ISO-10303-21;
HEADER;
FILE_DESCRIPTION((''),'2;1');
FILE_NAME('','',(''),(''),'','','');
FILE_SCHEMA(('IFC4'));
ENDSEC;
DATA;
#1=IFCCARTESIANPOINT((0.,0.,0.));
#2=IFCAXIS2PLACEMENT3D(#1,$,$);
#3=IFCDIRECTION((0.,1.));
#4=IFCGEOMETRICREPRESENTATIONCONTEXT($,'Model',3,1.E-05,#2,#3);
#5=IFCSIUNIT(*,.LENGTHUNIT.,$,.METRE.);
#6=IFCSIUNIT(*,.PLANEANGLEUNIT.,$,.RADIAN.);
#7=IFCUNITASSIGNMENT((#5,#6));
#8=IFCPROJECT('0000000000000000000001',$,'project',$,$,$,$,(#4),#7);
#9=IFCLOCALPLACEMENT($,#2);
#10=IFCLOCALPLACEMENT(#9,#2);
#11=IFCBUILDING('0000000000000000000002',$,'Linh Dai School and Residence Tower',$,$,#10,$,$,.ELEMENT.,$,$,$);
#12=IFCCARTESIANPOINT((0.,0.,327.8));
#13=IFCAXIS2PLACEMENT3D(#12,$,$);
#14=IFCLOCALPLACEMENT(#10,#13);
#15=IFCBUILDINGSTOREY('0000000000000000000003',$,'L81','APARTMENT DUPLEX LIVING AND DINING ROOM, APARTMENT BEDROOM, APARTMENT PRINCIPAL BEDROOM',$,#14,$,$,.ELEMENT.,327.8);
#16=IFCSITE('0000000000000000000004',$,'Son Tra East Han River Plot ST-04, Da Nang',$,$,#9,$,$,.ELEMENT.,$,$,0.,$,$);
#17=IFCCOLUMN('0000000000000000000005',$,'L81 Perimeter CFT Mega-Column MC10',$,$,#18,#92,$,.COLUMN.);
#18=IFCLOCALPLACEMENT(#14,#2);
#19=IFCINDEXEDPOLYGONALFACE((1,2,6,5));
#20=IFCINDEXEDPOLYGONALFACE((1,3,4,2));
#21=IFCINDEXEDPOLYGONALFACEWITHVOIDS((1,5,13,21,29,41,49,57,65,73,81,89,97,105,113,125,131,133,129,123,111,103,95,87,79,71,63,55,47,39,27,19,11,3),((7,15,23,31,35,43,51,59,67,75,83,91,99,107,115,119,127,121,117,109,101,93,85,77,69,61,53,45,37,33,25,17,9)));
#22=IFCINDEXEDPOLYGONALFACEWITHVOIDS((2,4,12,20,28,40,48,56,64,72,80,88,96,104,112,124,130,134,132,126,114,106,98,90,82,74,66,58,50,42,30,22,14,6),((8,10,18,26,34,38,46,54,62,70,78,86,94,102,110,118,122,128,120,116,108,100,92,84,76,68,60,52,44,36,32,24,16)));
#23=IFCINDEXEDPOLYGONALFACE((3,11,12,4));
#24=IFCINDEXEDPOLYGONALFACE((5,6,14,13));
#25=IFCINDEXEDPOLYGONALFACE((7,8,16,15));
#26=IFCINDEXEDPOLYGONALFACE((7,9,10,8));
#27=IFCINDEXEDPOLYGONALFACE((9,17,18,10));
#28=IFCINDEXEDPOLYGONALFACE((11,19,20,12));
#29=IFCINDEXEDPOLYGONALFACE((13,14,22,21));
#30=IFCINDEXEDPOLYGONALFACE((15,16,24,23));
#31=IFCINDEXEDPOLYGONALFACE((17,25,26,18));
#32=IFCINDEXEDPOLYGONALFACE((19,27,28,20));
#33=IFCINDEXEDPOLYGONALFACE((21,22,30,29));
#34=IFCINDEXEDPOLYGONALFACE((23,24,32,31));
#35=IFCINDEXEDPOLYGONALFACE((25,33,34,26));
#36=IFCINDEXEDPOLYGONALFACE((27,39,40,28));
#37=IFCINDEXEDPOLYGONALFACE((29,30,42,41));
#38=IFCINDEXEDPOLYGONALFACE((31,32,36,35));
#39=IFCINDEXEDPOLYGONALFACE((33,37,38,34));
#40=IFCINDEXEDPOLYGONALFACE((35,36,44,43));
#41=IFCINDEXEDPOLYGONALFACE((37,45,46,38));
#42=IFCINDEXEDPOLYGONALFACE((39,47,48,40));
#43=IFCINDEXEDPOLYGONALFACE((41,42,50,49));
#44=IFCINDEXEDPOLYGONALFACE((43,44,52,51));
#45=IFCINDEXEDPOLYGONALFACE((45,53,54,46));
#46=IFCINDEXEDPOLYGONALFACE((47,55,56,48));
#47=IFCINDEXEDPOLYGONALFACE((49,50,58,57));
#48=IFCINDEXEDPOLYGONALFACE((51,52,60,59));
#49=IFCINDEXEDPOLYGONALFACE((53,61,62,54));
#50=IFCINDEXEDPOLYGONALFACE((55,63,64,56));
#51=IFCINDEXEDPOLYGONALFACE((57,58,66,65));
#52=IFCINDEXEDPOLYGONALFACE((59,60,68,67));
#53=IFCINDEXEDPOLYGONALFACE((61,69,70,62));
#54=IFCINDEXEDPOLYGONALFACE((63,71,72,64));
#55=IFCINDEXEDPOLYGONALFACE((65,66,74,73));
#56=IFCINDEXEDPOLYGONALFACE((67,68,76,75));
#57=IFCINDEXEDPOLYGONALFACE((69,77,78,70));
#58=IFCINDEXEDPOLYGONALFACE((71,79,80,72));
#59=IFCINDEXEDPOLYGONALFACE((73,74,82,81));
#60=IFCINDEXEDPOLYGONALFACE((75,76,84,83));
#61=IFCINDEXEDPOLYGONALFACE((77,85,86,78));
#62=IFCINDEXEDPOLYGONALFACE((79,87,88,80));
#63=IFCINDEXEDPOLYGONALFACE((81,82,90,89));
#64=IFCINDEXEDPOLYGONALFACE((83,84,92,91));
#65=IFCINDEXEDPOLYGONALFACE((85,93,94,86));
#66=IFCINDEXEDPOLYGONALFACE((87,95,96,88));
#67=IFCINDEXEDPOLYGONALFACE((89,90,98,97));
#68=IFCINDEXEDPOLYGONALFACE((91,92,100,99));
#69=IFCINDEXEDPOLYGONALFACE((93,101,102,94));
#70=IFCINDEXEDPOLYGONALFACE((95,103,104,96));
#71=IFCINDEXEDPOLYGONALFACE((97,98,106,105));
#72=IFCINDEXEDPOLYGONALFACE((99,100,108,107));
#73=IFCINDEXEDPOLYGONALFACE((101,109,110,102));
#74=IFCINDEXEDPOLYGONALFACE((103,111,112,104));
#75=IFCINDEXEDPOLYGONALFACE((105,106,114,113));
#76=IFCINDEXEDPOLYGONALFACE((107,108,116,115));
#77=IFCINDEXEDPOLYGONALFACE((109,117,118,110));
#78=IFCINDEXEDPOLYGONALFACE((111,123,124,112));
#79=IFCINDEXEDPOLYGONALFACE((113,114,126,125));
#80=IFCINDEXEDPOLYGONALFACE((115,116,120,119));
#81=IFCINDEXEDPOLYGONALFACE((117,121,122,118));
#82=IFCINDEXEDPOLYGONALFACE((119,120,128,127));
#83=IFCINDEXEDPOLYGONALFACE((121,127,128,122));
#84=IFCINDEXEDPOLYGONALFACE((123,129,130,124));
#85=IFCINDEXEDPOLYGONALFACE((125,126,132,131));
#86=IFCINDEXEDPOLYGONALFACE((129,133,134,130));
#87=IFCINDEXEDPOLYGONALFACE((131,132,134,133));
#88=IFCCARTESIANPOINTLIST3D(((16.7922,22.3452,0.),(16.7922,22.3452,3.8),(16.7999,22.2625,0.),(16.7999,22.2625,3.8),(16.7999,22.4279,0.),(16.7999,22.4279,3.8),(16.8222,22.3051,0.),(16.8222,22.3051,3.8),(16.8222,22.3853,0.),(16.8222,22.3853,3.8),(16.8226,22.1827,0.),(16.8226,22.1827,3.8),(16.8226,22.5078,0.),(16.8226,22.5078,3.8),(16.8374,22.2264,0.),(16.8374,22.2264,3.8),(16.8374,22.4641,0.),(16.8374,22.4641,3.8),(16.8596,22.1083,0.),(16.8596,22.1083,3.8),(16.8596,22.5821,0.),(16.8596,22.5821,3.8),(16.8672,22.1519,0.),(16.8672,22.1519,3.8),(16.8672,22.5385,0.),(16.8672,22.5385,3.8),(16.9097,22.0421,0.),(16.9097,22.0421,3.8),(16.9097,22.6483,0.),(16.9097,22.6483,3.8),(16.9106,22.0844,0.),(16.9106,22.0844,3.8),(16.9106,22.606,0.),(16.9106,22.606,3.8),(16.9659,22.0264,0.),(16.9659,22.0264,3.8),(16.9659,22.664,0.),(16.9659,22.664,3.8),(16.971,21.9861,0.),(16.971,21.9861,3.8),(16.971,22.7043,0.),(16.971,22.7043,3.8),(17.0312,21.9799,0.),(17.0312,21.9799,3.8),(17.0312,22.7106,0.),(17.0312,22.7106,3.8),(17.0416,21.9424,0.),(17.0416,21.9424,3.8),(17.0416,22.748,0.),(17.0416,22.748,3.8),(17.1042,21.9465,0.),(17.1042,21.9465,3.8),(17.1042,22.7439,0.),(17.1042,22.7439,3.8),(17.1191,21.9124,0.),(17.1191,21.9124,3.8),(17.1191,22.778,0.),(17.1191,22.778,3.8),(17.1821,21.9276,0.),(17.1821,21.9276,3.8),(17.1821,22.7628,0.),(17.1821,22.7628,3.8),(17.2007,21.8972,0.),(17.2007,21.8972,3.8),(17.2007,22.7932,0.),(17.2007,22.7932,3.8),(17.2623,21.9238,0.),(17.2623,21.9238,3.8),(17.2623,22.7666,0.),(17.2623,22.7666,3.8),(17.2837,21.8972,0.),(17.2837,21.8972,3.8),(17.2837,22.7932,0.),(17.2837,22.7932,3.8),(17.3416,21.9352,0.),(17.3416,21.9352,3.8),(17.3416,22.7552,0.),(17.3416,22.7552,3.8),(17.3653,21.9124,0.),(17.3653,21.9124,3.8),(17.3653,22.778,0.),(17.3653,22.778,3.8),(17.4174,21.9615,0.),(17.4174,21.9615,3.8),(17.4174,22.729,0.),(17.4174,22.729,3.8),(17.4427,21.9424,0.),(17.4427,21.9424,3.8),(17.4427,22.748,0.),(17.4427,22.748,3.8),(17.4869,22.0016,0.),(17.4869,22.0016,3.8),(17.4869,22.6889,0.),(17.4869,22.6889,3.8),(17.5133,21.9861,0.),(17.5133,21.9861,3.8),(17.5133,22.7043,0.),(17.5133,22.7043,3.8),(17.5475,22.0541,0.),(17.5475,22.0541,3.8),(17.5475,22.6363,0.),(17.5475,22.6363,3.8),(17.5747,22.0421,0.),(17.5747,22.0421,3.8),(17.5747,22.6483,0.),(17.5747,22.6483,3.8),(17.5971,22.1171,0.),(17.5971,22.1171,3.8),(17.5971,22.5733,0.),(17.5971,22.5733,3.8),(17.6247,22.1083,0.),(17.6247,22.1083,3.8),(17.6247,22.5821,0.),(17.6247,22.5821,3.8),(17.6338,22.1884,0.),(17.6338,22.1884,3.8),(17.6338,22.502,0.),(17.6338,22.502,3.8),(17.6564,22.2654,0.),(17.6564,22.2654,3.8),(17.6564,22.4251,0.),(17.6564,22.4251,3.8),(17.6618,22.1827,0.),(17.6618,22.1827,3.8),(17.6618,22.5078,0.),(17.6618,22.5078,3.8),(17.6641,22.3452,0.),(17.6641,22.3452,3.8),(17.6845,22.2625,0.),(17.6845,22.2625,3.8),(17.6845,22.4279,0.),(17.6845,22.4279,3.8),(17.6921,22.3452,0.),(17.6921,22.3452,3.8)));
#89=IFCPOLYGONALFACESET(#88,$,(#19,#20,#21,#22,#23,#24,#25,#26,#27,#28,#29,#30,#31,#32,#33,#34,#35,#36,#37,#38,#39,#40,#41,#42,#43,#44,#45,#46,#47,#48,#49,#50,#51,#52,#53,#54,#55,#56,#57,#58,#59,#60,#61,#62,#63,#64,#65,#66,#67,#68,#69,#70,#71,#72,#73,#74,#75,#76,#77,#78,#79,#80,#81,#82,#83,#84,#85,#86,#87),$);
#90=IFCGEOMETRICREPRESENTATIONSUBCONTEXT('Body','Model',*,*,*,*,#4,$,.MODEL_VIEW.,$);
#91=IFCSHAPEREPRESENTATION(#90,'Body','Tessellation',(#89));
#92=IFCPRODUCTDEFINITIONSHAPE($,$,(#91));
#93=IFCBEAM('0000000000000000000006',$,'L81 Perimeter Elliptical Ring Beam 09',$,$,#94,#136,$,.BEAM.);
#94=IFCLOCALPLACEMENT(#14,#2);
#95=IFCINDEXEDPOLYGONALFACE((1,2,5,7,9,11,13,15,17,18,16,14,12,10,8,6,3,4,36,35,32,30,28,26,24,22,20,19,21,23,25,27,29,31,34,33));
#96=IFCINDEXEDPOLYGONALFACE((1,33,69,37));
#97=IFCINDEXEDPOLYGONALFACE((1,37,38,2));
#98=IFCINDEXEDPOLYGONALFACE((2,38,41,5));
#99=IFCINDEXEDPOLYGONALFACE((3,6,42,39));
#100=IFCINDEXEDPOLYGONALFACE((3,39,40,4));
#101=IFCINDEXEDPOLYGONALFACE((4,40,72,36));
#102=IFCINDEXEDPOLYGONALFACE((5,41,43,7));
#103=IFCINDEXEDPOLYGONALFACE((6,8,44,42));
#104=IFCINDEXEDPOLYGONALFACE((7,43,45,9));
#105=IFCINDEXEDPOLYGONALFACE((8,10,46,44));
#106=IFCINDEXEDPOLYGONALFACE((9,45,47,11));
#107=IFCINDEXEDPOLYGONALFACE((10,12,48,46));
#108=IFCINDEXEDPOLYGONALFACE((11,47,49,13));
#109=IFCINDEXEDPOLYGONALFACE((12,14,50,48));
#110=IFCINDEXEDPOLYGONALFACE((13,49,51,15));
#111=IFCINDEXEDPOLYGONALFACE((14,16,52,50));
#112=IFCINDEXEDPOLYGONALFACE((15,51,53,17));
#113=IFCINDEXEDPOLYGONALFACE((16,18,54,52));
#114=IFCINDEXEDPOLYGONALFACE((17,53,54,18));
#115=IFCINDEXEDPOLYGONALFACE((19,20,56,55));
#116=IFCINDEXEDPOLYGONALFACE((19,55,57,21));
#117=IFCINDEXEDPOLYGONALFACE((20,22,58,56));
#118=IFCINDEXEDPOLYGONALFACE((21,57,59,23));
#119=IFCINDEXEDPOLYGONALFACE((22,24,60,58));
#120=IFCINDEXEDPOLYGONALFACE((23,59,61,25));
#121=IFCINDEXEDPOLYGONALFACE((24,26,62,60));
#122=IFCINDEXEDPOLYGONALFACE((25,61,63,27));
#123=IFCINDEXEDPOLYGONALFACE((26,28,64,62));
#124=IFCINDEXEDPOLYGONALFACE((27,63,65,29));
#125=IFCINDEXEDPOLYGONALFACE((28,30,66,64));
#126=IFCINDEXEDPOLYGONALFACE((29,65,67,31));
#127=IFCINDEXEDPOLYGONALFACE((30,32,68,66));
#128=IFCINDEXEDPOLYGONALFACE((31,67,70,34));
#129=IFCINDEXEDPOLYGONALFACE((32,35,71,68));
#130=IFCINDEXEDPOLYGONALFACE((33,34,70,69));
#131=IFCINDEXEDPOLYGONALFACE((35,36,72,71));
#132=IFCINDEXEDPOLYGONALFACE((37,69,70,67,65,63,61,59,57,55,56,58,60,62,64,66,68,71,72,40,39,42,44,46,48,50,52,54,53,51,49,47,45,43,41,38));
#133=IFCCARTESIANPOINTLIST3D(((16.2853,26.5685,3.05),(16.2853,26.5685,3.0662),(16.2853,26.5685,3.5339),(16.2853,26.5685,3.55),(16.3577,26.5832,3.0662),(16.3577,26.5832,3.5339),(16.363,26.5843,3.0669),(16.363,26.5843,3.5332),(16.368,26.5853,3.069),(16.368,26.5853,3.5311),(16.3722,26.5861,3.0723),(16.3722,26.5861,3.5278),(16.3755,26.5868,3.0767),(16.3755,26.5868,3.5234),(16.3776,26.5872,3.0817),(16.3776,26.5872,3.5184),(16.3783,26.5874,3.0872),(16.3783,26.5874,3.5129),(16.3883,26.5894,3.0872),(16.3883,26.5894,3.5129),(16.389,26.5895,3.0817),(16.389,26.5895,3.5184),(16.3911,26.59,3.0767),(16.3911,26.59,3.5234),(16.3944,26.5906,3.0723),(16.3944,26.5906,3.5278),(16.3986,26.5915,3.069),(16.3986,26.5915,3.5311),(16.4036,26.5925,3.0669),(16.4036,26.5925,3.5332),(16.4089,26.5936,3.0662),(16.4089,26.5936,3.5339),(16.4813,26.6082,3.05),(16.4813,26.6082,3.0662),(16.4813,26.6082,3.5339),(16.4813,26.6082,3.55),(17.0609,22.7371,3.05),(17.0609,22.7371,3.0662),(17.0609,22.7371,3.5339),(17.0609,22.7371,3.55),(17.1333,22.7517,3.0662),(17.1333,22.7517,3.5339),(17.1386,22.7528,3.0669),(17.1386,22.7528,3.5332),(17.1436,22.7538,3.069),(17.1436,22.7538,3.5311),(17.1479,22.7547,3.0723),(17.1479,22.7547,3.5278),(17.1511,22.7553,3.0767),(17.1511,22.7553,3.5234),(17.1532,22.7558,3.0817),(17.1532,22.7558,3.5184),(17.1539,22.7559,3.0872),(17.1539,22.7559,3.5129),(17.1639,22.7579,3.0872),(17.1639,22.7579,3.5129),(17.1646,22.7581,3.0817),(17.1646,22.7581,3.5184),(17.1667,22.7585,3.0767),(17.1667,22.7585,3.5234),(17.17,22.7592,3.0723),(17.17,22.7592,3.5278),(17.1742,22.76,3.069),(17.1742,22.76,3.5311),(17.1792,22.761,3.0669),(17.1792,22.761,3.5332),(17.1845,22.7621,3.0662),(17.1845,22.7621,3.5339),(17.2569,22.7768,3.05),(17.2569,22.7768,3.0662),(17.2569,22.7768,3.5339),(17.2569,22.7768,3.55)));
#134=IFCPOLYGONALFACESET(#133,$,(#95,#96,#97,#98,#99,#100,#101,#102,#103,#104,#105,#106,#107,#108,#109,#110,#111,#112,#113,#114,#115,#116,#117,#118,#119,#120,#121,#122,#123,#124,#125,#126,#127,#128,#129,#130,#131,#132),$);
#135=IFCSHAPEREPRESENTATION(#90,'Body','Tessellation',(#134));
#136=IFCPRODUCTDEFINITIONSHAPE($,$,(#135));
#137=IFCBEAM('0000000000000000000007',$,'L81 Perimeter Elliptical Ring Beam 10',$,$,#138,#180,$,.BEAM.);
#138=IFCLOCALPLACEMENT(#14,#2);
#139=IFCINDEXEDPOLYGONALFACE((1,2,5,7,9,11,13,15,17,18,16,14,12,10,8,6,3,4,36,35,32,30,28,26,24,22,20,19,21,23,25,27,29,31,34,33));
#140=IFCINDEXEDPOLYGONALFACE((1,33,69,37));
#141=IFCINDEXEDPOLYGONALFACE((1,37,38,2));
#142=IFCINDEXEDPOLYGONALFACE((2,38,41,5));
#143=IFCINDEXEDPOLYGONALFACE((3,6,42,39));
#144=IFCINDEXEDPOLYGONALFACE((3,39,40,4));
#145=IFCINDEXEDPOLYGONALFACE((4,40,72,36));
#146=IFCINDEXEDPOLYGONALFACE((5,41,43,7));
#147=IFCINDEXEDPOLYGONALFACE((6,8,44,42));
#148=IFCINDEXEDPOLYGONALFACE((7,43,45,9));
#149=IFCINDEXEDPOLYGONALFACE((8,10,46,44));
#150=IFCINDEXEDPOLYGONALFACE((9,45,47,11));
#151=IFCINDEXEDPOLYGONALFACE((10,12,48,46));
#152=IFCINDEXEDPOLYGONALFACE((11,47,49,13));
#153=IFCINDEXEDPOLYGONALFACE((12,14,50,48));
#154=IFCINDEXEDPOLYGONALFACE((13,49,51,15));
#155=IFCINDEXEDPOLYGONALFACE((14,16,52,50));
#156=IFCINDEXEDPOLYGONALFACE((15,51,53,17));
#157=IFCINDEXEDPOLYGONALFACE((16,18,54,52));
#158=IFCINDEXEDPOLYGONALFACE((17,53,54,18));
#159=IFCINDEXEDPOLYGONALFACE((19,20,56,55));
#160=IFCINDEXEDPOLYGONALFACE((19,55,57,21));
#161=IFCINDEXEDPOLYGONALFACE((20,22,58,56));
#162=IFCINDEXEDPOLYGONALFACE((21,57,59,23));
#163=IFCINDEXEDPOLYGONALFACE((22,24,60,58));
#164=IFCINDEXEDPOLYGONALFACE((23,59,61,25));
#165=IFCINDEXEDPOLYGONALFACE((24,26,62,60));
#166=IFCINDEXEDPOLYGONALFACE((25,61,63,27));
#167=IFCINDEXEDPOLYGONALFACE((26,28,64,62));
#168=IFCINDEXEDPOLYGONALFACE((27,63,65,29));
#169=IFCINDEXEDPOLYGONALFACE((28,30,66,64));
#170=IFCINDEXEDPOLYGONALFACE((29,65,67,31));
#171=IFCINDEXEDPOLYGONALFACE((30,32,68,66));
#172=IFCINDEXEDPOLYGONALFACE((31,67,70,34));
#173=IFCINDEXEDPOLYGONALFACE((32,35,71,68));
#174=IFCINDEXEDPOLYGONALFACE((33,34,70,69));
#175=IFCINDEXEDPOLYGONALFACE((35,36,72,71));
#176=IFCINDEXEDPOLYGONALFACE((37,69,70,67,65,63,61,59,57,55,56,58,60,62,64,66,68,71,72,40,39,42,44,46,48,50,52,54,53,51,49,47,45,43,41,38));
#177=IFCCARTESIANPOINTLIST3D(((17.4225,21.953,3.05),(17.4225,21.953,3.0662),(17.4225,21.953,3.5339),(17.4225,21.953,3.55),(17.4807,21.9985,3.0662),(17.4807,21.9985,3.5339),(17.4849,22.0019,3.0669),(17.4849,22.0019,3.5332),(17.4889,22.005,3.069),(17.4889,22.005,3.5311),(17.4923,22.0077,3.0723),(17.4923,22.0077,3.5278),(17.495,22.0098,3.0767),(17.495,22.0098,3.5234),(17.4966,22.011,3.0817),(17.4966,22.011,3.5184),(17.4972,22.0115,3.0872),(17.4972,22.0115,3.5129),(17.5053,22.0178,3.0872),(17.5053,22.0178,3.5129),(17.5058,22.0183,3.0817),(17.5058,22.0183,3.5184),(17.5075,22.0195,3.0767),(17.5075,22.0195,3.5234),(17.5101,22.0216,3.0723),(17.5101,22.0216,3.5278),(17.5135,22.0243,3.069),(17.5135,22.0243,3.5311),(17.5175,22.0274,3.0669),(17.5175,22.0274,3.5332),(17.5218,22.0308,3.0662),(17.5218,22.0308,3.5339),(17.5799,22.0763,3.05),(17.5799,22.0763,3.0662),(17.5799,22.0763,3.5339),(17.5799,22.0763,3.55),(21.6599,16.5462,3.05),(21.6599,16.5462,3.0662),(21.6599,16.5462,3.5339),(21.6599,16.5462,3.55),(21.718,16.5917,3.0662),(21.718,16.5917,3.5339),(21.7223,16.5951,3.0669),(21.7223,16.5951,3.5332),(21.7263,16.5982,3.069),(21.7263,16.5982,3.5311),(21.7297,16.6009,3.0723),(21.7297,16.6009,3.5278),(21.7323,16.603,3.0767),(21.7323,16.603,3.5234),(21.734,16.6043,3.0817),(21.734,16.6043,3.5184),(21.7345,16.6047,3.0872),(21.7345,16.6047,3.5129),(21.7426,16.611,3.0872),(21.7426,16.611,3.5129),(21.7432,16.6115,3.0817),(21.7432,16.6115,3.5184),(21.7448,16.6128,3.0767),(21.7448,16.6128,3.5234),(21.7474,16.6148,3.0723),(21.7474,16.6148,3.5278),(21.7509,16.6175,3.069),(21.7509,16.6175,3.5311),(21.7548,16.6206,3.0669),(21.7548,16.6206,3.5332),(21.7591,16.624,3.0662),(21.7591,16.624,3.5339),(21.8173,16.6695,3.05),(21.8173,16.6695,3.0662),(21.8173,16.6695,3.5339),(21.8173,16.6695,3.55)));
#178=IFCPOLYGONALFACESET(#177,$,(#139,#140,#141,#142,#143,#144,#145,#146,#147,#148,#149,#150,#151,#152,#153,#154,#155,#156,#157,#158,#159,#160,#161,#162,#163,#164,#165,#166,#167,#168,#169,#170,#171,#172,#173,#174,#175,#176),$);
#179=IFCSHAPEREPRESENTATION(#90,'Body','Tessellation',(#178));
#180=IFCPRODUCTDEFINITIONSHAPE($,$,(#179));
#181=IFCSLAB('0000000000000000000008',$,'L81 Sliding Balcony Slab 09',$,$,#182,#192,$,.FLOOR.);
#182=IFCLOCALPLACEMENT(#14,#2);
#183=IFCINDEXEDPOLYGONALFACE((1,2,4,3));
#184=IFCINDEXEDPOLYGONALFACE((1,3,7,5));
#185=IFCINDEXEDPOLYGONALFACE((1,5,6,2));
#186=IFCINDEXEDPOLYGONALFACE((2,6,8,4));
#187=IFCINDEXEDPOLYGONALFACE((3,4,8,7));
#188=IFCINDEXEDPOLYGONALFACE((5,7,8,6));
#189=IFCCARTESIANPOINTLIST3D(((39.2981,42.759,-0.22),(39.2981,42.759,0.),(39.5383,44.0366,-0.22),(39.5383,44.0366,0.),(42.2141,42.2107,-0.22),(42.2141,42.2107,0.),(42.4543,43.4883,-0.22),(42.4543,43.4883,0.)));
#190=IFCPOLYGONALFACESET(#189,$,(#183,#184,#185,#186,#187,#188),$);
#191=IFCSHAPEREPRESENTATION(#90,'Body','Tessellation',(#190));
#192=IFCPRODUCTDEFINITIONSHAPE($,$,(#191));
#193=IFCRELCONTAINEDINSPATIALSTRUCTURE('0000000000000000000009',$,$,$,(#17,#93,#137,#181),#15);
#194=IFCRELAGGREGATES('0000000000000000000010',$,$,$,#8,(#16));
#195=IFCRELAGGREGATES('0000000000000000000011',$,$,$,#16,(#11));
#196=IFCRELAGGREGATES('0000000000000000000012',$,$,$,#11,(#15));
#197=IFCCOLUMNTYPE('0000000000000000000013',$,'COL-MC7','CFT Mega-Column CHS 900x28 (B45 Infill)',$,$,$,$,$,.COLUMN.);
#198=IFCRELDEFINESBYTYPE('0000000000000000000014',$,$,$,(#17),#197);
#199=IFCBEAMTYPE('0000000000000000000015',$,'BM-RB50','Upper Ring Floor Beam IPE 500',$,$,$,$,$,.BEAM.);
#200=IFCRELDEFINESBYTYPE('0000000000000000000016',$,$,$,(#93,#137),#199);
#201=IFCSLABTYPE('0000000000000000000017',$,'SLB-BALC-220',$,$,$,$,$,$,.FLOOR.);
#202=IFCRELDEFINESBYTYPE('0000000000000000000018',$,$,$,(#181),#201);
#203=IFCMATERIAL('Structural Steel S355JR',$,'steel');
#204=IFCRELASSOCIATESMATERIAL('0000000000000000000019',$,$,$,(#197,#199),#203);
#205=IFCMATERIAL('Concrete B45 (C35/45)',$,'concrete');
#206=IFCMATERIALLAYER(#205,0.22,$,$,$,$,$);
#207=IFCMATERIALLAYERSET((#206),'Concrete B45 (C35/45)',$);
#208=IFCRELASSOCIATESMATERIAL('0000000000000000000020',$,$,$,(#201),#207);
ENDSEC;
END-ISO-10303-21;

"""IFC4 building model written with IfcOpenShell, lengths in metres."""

from ifc_helpers import new_model, si_unit, direction, frame, origin, origin_2d, place, context, subcontext, project, spatial, polyline, hollow_circle, i_section, outline, extrude, material, layer, layer_set, material_profile, profile_set, type_object, element, save


model = new_model("IFC4")

# Units and contexts
model_context = context("Model", 3, precision=1e-05, world=origin(), true_north=direction((0.0, 1.0)))
body_context = subcontext(model_context, "Body", "Model", "MODEL_VIEW")
ifc_project = project(units=[si_unit("LENGTHUNIT", "METRE"), si_unit("PLANEANGLEUNIT", "RADIAN")], contexts=[model_context])

# Site, building, storey
site_placement = place(None, origin())
site = spatial("IfcSite", under=ifc_project, at=site_placement, Name="Son Tra East Han River Plot ST-04, Da Nang", CompositionType="ELEMENT", RefElevation=0.0)
building_placement = place(site_placement, origin())
building = spatial("IfcBuilding", under=site, at=building_placement, Name="Linh Dai School and Residence Tower", CompositionType="ELEMENT")
storey_placement = place(building_placement, frame((0.0, 0.0, 327.8)))
storey = spatial("IfcBuildingStorey", under=building, at=storey_placement, Name="L81", Description="APARTMENT DUPLEX LIVING AND DINING ROOM, APARTMENT BEDROOM, APARTMENT PRINCIPAL BEDROOM", CompositionType="ELEMENT", Elevation=327.8)

# Column
ifc_material_1 = material(Name="Structural Steel S355JR", Category="steel")
ifc_material_profile_1 = material_profile(ifc_material_1, hollow_circle(Radius=0.45, WallThickness=0.0281, at=origin_2d()), Name="CHS 900x28")
ifc_profile_set_1 = profile_set([ifc_material_profile_1], Name="Structural Steel S355JR")
column_type = type_object("IfcColumnType", Name="COL-MC7", Description="CFT Mega-Column CHS 900x28 (B45 Infill)", PredefinedType="COLUMN", material=ifc_profile_set_1)
column_placement = place(storey_placement, frame((17.2422, 22.3452, 0.0), z_axis=(0.0, 0.0, 1.0), x_axis=(1.0, 0.0, 0.0)))
element("IfcColumn", 1, at=column_placement, inside=storey, type_object=column_type, Name="L81 Perimeter CFT Mega-Column MC10", PredefinedType="COLUMN", context=body_context, shape_type="SweptSolid", body=[
    extrude(hollow_circle(Radius=0.45, WallThickness=0.0281, at=origin_2d()), origin(), (0.0, 0.0, 1.0), 3.8),
])

# Beams
ifc_material_profile_2 = material_profile(ifc_material_1, i_section(OverallWidth=0.2, OverallDepth=0.5, WebThickness=0.0103, FlangeThickness=0.0161, FilletRadius=0.021, at=origin_2d()), Name="IPE 500")
ifc_profile_set_2 = profile_set([ifc_material_profile_2], Name="Structural Steel S355JR")
beam_type = type_object("IfcBeamType", Name="BM-RB50", Description="Upper Ring Floor Beam IPE 500", PredefinedType="BEAM", material=ifc_profile_set_2)
beam_1_placement = place(storey_placement, frame((16.3833, 26.5884, 3.3), z_axis=(0.19841, -0.980119, 0.0), x_axis=(0.980119, 0.19841, 0.0)))
element("IfcBeam", 2, at=beam_1_placement, inside=storey, type_object=beam_type, Name="L81 Perimeter Elliptical Ring Beam 09", PredefinedType="BEAM", context=body_context, shape_type="SweptSolid", body=[
    extrude(i_section(OverallWidth=0.2, OverallDepth=0.5, WebThickness=0.0103, FlangeThickness=0.0161, FilletRadius=0.021, at=origin_2d()), origin(), (0.0, 0.0, 1.0), 3.9092),
])
beam_2_placement = place(storey_placement, frame((17.5012, 22.0146, 3.3), z_axis=(0.616845, -0.787085, 0.0), x_axis=(0.787085, 0.616845, 0.0)))
element("IfcBeam", 3, at=beam_2_placement, inside=storey, type_object=beam_type, Name="L81 Perimeter Elliptical Ring Beam 10", PredefinedType="BEAM", context=body_context, shape_type="SweptSolid", body=[
    extrude(i_section(OverallWidth=0.2, OverallDepth=0.5, WebThickness=0.0103, FlangeThickness=0.0161, FilletRadius=0.021, at=origin_2d()), origin(), (0.0, 0.0, 1.0), 6.8694),
])

# Slab
ifc_material_2 = material(Name="Concrete B45 (C35/45)", Category="concrete")
ifc_layer_1 = layer(ifc_material_2, 0.22)
ifc_layer_set_1 = layer_set([ifc_layer_1], Name="Concrete B45 (C35/45)")
slab_type_1 = type_object("IfcSlabType", Name="SLB-BALC-220", PredefinedType="FLOOR", material=ifc_layer_set_1)
slab_1_placement = place(storey_placement, frame((0.0, 0.0, -0.22)))
element("IfcSlab", 4, at=slab_1_placement, inside=storey, type_object=slab_type_1, Name="L81 Sliding Balcony Slab 09", PredefinedType="FLOOR", context=body_context, shape_type="SweptSolid", body=[
    extrude(outline(polyline([(39.2981, 42.759), (42.2141, 42.2107), (42.4543, 43.4883), (39.5383, 44.0366), (39.2981, 42.759)])), origin(), (0.0, 0.0, 1.0), 0.22),
])

save(model, "model.ifc")
